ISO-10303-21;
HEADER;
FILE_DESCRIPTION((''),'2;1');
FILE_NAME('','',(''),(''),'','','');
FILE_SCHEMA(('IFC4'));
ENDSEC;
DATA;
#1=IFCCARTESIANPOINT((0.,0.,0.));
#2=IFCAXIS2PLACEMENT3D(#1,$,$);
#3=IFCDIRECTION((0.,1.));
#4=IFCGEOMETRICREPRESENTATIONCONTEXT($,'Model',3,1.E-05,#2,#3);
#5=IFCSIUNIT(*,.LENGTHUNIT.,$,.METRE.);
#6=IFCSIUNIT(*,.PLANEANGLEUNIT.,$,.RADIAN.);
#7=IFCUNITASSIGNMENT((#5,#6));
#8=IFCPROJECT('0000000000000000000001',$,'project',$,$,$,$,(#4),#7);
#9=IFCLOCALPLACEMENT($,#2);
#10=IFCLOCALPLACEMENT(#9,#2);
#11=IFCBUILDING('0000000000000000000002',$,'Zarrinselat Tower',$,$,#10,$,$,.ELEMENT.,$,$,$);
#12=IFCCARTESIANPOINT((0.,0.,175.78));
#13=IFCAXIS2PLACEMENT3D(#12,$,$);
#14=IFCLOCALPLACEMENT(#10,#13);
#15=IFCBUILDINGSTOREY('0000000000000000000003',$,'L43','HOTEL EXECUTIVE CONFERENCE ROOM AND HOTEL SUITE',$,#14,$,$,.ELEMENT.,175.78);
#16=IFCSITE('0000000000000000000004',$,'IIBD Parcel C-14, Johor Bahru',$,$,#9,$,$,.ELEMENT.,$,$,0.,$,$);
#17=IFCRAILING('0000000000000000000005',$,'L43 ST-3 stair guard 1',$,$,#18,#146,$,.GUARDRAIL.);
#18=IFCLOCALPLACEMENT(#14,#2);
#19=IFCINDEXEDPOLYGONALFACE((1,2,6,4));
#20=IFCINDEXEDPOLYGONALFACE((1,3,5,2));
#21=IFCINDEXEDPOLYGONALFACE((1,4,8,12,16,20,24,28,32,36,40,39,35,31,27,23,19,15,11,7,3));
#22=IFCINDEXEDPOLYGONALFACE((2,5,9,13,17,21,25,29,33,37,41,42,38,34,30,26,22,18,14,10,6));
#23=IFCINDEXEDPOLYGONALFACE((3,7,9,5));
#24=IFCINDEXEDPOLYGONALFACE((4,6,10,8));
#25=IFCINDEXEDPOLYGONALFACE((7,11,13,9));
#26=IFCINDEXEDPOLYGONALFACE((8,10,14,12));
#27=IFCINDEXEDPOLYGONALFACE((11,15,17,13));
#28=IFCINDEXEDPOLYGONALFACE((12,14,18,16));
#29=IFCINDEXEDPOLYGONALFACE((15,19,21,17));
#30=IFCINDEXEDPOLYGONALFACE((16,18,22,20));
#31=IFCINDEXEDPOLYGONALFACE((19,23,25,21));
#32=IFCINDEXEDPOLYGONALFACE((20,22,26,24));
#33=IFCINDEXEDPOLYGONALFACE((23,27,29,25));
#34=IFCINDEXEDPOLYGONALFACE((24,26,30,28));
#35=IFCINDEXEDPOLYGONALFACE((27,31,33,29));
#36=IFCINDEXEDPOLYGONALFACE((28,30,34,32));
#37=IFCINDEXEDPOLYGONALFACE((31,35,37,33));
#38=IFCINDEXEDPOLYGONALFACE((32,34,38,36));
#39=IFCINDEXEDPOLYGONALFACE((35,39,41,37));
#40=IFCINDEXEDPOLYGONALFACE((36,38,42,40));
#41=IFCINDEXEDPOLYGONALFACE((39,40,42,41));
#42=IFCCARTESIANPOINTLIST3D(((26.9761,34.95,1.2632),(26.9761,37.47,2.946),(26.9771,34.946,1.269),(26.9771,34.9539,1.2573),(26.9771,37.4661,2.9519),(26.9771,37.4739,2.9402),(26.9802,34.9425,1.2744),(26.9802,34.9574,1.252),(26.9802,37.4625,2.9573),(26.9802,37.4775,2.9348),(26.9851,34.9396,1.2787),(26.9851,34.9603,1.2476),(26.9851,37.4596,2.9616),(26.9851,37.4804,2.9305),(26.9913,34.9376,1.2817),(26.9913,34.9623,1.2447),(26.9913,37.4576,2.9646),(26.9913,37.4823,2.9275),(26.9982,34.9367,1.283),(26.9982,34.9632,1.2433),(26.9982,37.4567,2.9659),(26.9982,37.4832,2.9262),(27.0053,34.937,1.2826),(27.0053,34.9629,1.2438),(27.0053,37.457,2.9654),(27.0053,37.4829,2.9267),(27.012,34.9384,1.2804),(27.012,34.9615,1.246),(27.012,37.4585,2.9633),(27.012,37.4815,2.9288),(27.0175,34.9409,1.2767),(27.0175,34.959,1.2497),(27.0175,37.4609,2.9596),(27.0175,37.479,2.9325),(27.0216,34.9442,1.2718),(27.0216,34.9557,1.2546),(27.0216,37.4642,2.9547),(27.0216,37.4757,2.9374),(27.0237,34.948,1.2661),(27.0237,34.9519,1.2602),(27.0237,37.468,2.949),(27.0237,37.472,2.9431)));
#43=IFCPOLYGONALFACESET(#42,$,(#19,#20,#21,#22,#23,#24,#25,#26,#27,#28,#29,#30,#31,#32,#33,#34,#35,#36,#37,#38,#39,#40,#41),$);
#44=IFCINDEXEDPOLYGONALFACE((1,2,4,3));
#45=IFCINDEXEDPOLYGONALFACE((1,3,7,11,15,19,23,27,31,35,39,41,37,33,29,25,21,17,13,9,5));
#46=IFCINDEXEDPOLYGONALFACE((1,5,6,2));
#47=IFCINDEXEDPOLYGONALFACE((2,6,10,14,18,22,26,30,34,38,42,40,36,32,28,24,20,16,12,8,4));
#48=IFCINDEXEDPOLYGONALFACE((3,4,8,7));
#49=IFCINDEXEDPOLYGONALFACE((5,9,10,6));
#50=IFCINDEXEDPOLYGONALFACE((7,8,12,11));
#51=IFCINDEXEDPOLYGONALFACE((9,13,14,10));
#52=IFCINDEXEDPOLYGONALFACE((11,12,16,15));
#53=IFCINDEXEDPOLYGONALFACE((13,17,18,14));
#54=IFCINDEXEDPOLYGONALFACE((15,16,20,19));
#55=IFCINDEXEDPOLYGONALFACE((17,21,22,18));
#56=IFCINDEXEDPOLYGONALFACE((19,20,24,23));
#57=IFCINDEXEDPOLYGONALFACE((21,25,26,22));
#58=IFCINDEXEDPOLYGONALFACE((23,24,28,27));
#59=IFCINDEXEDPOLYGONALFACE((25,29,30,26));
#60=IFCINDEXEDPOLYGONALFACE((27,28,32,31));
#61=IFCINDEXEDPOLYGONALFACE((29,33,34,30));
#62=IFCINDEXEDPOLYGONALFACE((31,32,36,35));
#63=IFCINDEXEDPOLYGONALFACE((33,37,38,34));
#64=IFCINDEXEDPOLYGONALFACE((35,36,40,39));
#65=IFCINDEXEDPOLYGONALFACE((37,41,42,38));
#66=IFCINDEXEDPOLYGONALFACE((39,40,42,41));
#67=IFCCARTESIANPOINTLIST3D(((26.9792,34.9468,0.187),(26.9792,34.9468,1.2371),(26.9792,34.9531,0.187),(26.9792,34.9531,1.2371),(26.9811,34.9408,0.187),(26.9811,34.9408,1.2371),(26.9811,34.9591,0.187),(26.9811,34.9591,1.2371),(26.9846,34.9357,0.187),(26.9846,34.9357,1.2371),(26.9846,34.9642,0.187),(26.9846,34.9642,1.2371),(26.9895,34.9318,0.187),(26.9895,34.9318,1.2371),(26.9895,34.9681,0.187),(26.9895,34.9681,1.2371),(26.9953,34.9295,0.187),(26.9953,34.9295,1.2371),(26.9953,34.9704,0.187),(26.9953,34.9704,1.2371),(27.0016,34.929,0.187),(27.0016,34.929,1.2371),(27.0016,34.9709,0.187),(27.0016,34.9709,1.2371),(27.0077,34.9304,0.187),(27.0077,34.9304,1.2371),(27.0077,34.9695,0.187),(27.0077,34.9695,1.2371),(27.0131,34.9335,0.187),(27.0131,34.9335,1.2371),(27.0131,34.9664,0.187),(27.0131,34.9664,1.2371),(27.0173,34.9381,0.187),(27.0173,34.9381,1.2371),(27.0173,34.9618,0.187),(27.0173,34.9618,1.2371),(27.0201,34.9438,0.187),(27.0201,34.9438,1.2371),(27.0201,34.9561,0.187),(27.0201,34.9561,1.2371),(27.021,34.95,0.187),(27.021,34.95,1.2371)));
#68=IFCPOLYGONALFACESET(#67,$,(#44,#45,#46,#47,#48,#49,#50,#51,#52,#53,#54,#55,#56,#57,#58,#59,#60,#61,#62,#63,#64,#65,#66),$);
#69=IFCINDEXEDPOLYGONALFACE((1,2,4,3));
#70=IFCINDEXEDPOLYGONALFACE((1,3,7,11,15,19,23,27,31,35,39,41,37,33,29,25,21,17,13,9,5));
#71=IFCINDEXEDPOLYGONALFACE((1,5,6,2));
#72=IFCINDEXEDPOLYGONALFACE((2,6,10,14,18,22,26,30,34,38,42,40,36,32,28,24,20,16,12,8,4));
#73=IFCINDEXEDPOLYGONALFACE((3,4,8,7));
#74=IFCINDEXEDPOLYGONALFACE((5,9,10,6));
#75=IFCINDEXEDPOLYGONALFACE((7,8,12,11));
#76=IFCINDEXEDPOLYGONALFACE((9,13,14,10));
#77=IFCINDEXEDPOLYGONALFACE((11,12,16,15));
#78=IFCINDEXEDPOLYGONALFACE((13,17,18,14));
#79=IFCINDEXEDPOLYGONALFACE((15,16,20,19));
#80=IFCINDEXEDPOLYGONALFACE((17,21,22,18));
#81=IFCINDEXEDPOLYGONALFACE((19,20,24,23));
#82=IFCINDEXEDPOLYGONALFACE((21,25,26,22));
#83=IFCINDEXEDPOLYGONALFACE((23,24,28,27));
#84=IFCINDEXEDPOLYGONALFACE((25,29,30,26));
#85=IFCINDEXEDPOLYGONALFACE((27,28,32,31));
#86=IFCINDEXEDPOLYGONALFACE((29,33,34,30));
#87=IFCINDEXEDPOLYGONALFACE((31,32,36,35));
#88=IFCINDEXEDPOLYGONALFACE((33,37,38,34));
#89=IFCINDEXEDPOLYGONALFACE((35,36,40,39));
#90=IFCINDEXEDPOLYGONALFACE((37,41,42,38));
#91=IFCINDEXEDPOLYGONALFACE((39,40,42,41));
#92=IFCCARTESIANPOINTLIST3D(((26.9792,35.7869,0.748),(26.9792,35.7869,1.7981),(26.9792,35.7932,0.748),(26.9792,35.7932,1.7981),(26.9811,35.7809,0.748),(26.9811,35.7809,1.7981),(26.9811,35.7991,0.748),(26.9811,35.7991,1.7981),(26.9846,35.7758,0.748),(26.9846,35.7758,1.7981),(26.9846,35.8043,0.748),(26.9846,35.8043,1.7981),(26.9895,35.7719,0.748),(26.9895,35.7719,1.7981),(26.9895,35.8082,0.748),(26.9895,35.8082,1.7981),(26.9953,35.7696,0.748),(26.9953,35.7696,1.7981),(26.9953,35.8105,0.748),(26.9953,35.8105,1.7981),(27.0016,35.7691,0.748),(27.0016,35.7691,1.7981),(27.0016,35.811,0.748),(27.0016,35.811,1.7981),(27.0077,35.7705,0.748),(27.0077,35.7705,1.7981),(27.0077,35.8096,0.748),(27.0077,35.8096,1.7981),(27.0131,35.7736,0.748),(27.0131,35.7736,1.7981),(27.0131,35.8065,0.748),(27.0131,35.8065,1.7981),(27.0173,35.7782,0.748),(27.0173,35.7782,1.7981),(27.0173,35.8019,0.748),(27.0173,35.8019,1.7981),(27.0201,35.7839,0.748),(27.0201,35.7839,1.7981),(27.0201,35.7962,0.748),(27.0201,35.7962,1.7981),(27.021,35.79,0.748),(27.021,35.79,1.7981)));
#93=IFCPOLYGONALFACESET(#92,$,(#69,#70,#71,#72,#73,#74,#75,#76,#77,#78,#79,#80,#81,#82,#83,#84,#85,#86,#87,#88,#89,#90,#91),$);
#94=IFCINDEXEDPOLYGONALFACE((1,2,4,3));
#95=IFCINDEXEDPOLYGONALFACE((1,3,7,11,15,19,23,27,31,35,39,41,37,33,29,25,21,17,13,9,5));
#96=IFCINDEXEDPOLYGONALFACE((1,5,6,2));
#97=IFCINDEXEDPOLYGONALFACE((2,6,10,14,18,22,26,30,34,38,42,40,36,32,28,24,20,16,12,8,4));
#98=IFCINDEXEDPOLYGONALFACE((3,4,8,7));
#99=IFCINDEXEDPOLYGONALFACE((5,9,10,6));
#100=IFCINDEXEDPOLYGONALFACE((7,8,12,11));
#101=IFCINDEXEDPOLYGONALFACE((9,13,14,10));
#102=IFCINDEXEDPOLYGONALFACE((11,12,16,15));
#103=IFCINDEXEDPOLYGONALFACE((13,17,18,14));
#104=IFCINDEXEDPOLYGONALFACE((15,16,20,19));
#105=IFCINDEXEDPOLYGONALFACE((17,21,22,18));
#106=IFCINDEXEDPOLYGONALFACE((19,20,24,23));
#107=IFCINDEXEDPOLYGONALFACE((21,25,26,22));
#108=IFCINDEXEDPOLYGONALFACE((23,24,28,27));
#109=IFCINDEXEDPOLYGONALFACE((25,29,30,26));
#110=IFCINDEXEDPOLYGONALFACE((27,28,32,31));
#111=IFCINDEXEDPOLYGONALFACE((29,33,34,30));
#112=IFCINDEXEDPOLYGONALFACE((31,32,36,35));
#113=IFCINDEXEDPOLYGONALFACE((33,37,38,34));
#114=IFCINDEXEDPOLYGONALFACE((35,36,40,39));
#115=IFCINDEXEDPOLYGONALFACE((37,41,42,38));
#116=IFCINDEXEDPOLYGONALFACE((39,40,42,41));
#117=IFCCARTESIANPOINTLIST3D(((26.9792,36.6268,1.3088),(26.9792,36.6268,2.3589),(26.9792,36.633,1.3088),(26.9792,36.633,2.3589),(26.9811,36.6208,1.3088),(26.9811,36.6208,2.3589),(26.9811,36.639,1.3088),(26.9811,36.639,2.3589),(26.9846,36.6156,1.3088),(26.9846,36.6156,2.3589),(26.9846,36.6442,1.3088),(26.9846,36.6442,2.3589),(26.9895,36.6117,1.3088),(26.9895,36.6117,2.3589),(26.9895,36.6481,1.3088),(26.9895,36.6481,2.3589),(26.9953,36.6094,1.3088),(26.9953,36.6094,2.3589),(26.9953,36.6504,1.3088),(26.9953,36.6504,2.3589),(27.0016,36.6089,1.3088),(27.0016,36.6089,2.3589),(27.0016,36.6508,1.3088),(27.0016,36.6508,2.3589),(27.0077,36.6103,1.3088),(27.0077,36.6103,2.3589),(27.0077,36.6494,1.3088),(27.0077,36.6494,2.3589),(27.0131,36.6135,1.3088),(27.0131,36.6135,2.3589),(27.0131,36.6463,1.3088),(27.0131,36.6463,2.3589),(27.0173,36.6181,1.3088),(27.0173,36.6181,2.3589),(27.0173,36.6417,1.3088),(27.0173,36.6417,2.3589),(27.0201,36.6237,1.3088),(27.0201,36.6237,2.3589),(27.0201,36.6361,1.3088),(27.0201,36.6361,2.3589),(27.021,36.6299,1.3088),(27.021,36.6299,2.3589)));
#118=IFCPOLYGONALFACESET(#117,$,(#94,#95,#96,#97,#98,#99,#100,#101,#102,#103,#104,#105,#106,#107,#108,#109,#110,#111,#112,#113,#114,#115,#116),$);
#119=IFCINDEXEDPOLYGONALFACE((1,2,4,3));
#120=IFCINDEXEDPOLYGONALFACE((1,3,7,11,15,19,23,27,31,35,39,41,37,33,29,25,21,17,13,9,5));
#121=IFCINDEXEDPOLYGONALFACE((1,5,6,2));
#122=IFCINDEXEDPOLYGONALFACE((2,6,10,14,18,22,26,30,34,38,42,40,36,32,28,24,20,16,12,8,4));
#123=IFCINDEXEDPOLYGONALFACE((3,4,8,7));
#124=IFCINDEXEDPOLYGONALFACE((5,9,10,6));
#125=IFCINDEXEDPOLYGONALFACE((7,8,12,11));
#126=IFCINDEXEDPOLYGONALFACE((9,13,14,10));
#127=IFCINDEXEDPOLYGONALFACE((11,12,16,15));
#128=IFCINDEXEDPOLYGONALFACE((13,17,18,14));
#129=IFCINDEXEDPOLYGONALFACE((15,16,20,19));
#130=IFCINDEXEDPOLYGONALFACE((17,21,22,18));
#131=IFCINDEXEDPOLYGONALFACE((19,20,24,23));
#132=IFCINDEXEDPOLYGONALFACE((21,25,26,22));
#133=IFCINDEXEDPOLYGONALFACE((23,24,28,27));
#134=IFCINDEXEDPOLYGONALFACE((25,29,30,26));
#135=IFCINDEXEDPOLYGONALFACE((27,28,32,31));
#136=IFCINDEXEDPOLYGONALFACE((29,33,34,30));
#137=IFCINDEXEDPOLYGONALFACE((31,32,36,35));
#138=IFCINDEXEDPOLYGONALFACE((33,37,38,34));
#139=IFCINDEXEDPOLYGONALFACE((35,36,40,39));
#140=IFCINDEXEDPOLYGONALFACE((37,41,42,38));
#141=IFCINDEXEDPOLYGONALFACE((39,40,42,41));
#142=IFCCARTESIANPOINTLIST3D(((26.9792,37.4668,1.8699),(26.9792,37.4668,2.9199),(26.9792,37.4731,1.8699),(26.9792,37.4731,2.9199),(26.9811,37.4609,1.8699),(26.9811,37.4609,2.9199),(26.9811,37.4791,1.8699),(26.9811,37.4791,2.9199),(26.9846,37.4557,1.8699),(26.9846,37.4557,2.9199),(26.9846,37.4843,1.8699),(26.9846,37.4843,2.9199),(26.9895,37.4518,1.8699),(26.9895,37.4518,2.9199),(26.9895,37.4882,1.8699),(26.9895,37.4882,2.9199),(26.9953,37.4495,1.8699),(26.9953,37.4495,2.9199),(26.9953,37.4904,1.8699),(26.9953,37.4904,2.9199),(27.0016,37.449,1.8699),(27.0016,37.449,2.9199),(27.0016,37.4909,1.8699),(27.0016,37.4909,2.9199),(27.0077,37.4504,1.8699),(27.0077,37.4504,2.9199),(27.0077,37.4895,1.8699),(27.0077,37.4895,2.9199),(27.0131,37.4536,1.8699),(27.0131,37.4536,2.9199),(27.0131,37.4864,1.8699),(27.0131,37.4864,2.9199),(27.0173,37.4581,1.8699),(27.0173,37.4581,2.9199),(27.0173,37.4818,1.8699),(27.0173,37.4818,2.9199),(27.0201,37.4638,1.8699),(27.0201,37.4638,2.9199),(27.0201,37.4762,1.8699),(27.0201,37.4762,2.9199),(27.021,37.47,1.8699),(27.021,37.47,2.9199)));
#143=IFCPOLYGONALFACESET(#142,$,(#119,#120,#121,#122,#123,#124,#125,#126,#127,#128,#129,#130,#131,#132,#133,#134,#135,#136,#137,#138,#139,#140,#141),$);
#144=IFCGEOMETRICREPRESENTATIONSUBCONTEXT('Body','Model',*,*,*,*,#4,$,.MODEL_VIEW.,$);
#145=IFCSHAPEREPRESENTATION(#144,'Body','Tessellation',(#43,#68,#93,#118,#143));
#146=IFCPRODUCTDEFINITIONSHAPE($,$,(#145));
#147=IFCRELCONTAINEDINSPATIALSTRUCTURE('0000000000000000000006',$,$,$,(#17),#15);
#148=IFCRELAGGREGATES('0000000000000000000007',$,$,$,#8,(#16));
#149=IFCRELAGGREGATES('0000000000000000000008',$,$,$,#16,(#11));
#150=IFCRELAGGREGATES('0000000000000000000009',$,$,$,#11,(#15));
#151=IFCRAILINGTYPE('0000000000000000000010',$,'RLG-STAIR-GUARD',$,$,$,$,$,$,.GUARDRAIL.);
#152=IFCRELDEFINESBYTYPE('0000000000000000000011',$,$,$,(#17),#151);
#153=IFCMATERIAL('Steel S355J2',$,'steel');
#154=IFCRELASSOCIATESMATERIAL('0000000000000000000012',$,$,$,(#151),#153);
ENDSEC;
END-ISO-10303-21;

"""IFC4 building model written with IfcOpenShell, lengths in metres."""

from ifc_helpers import new_model, si_unit, direction, frame, origin, origin_2d, place, context, subcontext, project, spatial, circle, extrude, material, type_object, element, save


model = new_model("IFC4")

# Units and contexts
model_context = context("Model", 3, precision=1e-05, world=origin(), true_north=direction((0.0, 1.0)))
body_context = subcontext(model_context, "Body", "Model", "MODEL_VIEW")
ifc_project = project(units=[si_unit("LENGTHUNIT", "METRE"), si_unit("PLANEANGLEUNIT", "RADIAN")], contexts=[model_context])

# Site, building, storey
site_placement = place(None, origin())
site = spatial("IfcSite", under=ifc_project, at=site_placement, Name="IIBD Parcel C-14, Johor Bahru", CompositionType="ELEMENT", RefElevation=0.0)
building_placement = place(site_placement, origin())
building = spatial("IfcBuilding", under=site, at=building_placement, Name="Zarrinselat Tower", CompositionType="ELEMENT")
storey_placement = place(building_placement, frame((0.0, 0.0, 175.78)))
storey = spatial("IfcBuildingStorey", under=building, at=storey_placement, Name="L43", Description="HOTEL EXECUTIVE CONFERENCE ROOM AND HOTEL SUITE", CompositionType="ELEMENT", Elevation=175.78)

# Railing
ifc_material_1 = material(Name="Steel S355J2", Category="steel")
railing_type_1 = type_object("IfcRailingType", Name="RLG-STAIR-GUARD", PredefinedType="GUARDRAIL", material=ifc_material_1)
railing_1_placement = place(storey_placement, frame((27.0, 34.95, 0.187)))
element("IfcRailing", 1, at=railing_1_placement, inside=storey, type_object=railing_type_1, Name="L43 ST-3 stair guard 1", PredefinedType="GUARDRAIL", context=body_context, shape_type="SweptSolid", body=[
    extrude(circle(Radius=0.0239, at=origin_2d()), frame((0.0, 0.0, 1.0762), z_axis=(0.0, 0.831616, 0.555351), x_axis=(-1.0, 0.0, 0.0)), (0.0, 0.0, 1.0), 3.0303),
    extrude(circle(Radius=0.021, at=origin_2d()), origin(), (0.0, 0.0, 1.0), 1.05),
    extrude(circle(Radius=0.021, at=origin_2d()), frame((0.0, 0.8401, 0.561)), (0.0, 0.0, 1.0), 1.05),
    extrude(circle(Radius=0.021, at=origin_2d()), frame((0.0, 1.6799, 1.1218)), (0.0, 0.0, 1.0), 1.05),
    extrude(circle(Radius=0.021, at=origin_2d()), frame((0.0, 2.52, 1.6829)), (0.0, 0.0, 1.0), 1.05),
])

save(model, "model.ifc")
